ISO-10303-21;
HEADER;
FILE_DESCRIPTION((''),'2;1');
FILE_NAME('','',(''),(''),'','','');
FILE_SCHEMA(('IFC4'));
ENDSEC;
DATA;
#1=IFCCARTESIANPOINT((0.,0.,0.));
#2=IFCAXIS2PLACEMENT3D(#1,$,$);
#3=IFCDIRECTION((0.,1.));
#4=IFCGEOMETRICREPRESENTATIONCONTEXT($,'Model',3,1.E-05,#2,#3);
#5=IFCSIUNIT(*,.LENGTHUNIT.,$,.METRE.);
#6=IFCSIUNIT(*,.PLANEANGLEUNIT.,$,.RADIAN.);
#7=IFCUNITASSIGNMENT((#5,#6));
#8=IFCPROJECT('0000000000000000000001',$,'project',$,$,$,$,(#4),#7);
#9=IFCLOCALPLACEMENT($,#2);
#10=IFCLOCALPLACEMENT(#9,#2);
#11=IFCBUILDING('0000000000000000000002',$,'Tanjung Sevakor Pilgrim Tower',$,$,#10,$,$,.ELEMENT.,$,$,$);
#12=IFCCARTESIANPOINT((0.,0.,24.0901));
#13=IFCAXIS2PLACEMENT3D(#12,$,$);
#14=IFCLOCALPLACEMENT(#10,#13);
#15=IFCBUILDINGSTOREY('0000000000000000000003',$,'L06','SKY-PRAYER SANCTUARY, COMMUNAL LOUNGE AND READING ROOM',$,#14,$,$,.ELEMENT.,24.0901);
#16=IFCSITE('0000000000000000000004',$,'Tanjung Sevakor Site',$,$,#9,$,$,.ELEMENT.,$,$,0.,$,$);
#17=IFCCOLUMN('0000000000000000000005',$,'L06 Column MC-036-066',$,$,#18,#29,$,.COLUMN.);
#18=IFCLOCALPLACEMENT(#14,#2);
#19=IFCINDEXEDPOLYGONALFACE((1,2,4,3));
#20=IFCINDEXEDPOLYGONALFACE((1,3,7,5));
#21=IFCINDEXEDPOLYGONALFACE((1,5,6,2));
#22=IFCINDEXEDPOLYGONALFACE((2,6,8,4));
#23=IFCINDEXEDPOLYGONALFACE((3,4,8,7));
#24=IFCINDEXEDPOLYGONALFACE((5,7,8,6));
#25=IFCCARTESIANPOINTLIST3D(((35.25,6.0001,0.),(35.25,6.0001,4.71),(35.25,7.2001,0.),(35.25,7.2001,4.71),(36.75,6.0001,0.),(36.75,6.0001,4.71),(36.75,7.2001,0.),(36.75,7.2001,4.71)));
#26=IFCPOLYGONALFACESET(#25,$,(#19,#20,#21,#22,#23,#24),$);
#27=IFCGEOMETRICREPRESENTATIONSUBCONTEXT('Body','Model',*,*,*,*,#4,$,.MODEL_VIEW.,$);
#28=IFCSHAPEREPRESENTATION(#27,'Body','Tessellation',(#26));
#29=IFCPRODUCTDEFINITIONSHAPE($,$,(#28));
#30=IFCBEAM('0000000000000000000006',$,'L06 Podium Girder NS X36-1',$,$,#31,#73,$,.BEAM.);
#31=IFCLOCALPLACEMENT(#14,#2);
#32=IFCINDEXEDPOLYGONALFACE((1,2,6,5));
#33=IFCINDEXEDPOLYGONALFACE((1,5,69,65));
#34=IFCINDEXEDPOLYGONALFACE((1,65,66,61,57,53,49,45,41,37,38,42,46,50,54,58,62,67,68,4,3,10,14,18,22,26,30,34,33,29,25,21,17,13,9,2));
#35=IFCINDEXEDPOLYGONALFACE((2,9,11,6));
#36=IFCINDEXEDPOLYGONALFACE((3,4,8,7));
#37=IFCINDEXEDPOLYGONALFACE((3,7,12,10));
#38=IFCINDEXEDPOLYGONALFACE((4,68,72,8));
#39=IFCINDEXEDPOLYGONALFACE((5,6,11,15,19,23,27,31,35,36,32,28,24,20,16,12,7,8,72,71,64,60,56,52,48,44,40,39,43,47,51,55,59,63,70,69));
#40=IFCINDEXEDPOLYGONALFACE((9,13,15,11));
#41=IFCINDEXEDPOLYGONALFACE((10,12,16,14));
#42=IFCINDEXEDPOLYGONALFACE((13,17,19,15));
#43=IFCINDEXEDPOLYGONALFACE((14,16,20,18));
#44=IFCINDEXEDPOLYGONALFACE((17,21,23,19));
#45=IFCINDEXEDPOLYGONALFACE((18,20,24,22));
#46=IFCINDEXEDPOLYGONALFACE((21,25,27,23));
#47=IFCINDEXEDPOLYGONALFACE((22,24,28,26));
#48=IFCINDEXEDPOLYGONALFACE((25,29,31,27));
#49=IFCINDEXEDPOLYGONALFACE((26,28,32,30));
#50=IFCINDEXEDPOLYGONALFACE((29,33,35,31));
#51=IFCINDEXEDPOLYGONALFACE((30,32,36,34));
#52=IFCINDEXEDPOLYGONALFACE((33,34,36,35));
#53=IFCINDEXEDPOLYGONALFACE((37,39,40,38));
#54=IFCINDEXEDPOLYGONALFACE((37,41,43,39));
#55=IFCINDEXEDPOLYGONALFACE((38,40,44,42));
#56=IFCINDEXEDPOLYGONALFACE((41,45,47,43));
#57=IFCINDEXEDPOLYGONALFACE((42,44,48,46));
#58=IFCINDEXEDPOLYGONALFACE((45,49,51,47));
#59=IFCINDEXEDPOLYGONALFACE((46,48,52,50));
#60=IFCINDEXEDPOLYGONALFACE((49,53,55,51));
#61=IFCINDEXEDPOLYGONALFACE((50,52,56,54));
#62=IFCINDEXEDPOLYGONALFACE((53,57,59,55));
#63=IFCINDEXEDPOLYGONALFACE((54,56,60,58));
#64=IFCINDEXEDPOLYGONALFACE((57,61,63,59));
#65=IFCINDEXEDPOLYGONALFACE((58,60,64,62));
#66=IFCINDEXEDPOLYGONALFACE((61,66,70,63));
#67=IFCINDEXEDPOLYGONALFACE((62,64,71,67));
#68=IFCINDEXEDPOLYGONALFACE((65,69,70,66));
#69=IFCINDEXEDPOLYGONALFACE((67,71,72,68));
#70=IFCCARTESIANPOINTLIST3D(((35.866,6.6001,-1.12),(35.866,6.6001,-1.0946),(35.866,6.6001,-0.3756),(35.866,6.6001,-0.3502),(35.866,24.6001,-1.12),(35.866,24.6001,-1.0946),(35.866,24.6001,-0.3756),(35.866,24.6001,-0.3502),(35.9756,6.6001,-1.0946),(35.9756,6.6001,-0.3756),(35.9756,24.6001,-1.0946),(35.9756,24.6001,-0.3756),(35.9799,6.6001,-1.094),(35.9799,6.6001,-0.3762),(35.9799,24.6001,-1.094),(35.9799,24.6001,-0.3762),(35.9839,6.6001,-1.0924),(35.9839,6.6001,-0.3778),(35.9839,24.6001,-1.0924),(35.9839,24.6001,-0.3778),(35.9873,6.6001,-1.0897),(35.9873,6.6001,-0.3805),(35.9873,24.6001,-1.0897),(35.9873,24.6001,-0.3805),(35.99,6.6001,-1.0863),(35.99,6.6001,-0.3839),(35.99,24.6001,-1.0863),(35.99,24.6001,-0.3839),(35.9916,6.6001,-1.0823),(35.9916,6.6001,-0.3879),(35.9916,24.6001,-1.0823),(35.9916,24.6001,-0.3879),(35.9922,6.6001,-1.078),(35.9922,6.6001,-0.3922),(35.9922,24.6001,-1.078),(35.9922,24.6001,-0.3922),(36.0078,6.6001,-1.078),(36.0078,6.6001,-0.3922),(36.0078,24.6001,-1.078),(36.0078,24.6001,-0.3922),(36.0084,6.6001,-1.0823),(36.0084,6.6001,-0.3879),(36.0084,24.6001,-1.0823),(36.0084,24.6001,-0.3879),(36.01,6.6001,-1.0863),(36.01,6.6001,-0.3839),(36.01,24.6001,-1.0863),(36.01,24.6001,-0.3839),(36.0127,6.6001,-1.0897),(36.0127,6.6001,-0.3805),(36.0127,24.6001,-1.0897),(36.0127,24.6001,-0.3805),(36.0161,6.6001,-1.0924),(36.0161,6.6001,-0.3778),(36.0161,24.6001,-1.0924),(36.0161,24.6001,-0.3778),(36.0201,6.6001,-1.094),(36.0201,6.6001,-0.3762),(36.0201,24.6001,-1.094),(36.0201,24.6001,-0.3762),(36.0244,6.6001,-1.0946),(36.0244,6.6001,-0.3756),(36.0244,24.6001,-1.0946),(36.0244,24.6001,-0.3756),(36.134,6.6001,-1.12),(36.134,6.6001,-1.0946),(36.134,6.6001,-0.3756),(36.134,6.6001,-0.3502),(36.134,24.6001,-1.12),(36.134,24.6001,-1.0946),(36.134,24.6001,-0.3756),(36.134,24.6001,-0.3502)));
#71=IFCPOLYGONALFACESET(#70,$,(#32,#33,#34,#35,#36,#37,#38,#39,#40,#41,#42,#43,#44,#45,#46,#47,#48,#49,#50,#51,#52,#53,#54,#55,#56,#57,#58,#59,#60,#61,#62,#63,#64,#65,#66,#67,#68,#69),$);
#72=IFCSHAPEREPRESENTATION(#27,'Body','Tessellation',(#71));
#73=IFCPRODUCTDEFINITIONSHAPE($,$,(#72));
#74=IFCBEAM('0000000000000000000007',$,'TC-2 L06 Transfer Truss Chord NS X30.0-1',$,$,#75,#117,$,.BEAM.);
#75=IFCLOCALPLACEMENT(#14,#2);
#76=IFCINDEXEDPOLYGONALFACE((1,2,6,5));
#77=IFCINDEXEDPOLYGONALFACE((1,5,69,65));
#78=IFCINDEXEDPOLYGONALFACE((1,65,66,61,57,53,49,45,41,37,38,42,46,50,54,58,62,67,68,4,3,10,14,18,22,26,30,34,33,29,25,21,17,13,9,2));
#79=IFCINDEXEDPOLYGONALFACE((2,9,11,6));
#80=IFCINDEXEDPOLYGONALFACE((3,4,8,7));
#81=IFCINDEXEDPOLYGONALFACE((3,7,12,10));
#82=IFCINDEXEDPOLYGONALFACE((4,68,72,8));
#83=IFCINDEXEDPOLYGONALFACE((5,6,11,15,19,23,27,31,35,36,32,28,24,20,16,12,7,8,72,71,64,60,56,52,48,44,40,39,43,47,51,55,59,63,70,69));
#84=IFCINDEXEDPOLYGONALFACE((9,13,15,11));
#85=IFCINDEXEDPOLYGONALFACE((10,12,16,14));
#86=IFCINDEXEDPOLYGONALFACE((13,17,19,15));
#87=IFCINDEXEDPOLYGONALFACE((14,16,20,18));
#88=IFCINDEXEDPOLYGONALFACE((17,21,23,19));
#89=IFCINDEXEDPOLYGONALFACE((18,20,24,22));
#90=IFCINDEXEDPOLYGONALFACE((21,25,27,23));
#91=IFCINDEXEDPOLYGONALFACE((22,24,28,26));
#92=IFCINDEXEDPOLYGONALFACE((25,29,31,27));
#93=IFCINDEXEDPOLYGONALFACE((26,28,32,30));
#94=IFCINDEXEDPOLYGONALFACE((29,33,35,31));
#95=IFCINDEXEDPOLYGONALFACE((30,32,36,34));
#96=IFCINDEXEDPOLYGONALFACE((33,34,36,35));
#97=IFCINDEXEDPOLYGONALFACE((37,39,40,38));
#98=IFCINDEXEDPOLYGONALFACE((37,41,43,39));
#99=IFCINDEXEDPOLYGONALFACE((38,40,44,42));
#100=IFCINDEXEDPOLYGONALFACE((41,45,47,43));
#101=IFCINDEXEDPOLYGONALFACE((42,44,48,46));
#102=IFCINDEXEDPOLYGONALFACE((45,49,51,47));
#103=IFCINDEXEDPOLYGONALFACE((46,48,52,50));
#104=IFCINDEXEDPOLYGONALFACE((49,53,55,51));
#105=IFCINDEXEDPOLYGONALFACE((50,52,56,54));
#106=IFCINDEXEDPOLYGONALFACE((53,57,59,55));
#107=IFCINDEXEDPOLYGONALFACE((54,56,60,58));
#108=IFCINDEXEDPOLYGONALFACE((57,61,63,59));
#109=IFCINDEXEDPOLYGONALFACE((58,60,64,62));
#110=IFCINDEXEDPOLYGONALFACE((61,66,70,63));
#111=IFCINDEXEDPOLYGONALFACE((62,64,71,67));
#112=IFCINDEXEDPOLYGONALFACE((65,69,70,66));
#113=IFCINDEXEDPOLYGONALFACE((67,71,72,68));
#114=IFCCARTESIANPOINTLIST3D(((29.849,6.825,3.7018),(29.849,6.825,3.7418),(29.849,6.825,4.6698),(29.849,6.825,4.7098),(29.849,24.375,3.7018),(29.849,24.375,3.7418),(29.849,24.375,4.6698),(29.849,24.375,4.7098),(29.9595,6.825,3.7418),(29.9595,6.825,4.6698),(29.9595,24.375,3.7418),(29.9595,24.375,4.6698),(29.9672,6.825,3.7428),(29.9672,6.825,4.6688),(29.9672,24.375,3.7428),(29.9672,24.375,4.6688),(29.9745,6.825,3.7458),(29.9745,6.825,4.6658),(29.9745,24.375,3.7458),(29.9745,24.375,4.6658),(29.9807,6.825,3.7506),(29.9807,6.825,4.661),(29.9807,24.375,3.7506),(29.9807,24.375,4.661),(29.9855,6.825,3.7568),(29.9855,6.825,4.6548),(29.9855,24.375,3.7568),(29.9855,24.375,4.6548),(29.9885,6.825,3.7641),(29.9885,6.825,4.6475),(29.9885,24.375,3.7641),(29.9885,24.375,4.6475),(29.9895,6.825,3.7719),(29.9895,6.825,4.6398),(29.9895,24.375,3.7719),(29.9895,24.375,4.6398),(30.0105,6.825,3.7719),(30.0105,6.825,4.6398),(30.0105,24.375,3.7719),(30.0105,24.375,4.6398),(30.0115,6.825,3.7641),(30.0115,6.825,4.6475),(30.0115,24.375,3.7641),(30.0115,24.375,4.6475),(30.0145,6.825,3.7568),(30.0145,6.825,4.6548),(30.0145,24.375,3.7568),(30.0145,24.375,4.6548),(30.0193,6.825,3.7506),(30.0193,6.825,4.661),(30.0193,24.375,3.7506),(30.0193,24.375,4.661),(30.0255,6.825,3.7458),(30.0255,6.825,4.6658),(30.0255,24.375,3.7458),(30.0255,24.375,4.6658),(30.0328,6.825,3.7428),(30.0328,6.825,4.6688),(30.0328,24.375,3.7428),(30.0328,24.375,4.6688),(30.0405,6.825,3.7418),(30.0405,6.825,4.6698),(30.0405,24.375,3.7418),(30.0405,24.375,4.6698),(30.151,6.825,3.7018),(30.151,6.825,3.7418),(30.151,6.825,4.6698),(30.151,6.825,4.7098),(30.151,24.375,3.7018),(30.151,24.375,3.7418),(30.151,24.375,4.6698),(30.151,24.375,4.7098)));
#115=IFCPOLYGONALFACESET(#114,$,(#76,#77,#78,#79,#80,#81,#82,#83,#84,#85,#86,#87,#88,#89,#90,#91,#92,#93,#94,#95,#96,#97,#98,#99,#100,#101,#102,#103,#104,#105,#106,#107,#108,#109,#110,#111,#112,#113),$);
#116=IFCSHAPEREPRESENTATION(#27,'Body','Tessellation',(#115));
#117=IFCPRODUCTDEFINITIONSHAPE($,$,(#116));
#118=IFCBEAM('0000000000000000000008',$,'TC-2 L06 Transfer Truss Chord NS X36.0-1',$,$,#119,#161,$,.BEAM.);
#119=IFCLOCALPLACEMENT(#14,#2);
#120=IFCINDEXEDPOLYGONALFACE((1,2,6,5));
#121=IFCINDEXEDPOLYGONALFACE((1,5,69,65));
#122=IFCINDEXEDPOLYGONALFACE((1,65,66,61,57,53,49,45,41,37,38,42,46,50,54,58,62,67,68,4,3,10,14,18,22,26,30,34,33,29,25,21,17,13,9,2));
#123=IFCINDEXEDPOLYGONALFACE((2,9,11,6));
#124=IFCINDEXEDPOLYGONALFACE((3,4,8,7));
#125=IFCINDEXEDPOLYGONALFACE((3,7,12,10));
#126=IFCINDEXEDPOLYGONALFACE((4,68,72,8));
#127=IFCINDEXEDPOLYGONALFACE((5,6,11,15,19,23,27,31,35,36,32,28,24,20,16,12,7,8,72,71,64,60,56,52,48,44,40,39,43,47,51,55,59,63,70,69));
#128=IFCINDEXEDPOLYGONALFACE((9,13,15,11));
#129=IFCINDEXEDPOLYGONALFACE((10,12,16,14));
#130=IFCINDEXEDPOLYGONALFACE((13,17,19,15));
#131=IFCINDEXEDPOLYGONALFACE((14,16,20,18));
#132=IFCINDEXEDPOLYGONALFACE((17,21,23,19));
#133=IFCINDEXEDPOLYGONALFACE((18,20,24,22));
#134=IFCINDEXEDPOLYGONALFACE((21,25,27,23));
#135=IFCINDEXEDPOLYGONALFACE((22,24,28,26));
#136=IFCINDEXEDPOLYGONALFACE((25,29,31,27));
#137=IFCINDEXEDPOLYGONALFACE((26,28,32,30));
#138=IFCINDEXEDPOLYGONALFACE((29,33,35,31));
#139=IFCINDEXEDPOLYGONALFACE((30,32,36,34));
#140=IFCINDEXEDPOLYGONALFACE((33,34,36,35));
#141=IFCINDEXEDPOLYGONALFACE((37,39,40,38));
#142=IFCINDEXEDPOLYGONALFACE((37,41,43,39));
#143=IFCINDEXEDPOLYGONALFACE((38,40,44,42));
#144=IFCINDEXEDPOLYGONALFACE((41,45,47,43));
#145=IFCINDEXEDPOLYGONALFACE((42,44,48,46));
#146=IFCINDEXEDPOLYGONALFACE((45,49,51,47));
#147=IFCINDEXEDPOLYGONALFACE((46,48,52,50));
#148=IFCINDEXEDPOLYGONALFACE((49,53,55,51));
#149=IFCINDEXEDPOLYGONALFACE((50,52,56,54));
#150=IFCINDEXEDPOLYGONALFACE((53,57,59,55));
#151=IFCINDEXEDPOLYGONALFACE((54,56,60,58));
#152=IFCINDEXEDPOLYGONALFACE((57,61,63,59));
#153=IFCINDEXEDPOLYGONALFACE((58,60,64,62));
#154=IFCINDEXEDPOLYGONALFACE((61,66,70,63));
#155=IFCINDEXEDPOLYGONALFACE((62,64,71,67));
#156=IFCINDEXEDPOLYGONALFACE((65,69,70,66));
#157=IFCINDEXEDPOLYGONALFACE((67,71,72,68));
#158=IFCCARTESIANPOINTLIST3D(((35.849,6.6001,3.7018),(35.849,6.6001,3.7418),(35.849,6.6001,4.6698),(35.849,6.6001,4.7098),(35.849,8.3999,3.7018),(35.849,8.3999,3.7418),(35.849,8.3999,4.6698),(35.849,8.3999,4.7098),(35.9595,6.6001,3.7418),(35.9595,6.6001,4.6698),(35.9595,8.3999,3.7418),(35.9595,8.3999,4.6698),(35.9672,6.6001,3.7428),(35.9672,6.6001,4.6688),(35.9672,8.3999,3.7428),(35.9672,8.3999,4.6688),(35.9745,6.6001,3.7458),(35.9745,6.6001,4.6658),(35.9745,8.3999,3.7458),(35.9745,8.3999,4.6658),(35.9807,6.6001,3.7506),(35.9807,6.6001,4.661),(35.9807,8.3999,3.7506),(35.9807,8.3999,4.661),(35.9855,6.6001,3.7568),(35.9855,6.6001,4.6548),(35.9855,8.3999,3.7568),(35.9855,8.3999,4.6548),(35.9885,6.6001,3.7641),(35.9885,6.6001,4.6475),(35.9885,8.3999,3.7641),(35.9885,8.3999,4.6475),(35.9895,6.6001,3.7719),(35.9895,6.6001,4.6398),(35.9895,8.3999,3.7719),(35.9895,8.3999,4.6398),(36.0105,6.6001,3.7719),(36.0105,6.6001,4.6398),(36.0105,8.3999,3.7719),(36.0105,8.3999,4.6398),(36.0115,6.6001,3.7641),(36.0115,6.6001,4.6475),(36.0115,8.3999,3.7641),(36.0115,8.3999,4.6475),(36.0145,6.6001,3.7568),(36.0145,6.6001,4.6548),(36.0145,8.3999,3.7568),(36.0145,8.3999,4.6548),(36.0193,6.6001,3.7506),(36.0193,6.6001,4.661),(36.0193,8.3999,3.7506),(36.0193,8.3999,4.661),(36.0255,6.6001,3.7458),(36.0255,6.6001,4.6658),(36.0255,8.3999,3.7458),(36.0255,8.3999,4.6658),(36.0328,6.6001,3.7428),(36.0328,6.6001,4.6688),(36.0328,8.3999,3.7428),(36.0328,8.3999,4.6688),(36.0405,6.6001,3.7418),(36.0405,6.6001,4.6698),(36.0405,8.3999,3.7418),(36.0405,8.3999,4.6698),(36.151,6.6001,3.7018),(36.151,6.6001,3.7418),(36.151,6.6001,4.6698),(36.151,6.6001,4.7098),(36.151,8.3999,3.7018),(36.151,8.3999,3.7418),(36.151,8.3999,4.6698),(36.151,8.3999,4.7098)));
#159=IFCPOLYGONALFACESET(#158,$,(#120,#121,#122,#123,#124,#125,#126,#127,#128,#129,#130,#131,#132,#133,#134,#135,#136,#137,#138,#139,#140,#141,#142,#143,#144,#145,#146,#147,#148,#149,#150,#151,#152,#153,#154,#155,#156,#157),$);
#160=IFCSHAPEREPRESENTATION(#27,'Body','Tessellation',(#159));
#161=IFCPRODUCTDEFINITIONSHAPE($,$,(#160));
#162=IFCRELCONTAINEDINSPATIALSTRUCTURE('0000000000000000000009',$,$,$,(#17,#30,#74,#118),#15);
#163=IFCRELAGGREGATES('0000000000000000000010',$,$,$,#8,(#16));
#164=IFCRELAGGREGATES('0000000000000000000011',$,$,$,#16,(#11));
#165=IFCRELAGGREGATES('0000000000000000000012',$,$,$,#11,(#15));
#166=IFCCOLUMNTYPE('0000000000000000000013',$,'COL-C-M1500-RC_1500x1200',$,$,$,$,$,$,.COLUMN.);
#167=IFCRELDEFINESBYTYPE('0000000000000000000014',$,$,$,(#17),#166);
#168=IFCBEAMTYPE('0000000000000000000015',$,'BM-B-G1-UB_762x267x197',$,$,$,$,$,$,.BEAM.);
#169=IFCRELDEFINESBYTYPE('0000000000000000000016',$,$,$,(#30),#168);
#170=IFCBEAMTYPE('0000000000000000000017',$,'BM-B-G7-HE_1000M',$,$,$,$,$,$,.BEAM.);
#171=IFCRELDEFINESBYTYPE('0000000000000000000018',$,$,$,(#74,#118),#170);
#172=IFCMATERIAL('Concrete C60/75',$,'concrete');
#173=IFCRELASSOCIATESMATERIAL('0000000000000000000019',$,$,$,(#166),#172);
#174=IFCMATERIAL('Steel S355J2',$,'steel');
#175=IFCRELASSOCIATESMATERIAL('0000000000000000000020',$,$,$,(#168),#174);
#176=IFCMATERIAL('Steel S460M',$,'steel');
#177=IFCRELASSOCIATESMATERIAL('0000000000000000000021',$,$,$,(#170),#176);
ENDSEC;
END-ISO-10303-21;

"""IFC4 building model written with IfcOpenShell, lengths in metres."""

from ifc_helpers import new_model, si_unit, direction, frame, origin, origin_2d, place, context, subcontext, project, spatial, rectangle, i_section, extrude, material, material_profile, profile_set, type_object, element, save


model = new_model("IFC4")

# Units and contexts
model_context = context("Model", 3, precision=1e-05, world=origin(), true_north=direction((0.0, 1.0)))
body_context = subcontext(model_context, "Body", "Model", "MODEL_VIEW")
ifc_project = project(units=[si_unit("LENGTHUNIT", "METRE"), si_unit("PLANEANGLEUNIT", "RADIAN")], contexts=[model_context])

# Site, building, storey
site_placement = place(None, origin())
site = spatial("IfcSite", under=ifc_project, at=site_placement, Name="Tanjung Sevakor Site", CompositionType="ELEMENT", RefElevation=0.0)
building_placement = place(site_placement, origin())
building = spatial("IfcBuilding", under=site, at=building_placement, Name="Tanjung Sevakor Pilgrim Tower", CompositionType="ELEMENT")
storey_placement = place(building_placement, frame((0.0, 0.0, 24.0901)))
storey = spatial("IfcBuildingStorey", under=building, at=storey_placement, Name="L06", Description="SKY-PRAYER SANCTUARY, COMMUNAL LOUNGE AND READING ROOM", CompositionType="ELEMENT", Elevation=24.0901)

# Column
ifc_material_1 = material(Name="Concrete C60/75", Category="concrete")
ifc_material_profile_1 = material_profile(ifc_material_1, rectangle(XDim=1.5, YDim=1.2, at=origin_2d()))
ifc_profile_set_1 = profile_set([ifc_material_profile_1], Name="Concrete C60/75")
column_type = type_object("IfcColumnType", Name="COL-C-M1500-RC_1500x1200", PredefinedType="COLUMN", material=ifc_profile_set_1)
column_placement = place(storey_placement, frame((36.0, 6.6001, 0.0), z_axis=(0.0, 0.0, 1.0), x_axis=(1.0, 0.0, 0.0)))
element("IfcColumn", 1, at=column_placement, inside=storey, type_object=column_type, Name="L06 Column MC-036-066", PredefinedType="COLUMN", context=body_context, shape_type="SweptSolid", body=[
    extrude(rectangle(XDim=1.5, YDim=1.2, at=origin_2d()), origin(), (0.0, 0.0, 1.0), 4.71),
])

# Beams
ifc_material_2 = material(Name="Steel S355J2", Category="steel")
ifc_material_profile_2 = material_profile(ifc_material_2, i_section(OverallWidth=0.2681, OverallDepth=0.7698, WebThickness=0.0156, FlangeThickness=0.0254, FilletRadius=0.0166, at=origin_2d()))
ifc_profile_set_2 = profile_set([ifc_material_profile_2], Name="Steel S355J2")
beam_type_1 = type_object("IfcBeamType", Name="BM-B-G1-UB_762x267x197", PredefinedType="BEAM", material=ifc_profile_set_2)
beam_1_placement = place(storey_placement, frame((36.0, 6.6001, -0.7351), z_axis=(0.0, 1.0, 0.0), x_axis=(-1.0, 0.0, 0.0)))
element("IfcBeam", 2, at=beam_1_placement, inside=storey, type_object=beam_type_1, Name="L06 Podium Girder NS X36-1", PredefinedType="BEAM", context=body_context, shape_type="SweptSolid", body=[
    extrude(i_section(OverallWidth=0.2681, OverallDepth=0.7698, WebThickness=0.0156, FlangeThickness=0.0254, FilletRadius=0.0166, at=origin_2d()), origin(), (0.0, 0.0, 1.0), 18.0),
])
ifc_material_3 = material(Name="Steel S460M", Category="steel")
ifc_material_profile_3 = material_profile(ifc_material_3, i_section(OverallWidth=0.302, OverallDepth=1.0081, WebThickness=0.021, FlangeThickness=0.04, FilletRadius=0.03, at=origin_2d()))
ifc_profile_set_3 = profile_set([ifc_material_profile_3], Name="Steel S460M")
beam_type_2 = type_object("IfcBeamType", Name="BM-B-G7-HE_1000M", PredefinedType="BEAM", material=ifc_profile_set_3)
beam_2_placement = place(storey_placement, frame((30.0, 6.825, 4.2058), z_axis=(0.0, 1.0, 0.0), x_axis=(-1.0, 0.0, 0.0)))
element("IfcBeam", 3, at=beam_2_placement, inside=storey, type_object=beam_type_2, Name="TC-2 L06 Transfer Truss Chord NS X30.0-1", PredefinedType="BEAM", context=body_context, shape_type="SweptSolid", body=[
    extrude(i_section(OverallWidth=0.302, OverallDepth=1.0081, WebThickness=0.021, FlangeThickness=0.04, FilletRadius=0.03, at=origin_2d()), origin(), (0.0, 0.0, 1.0), 17.55),
])
beam_3_placement = place(storey_placement, frame((36.0, 6.6001, 4.2058), z_axis=(0.0, 1.0, 0.0), x_axis=(-1.0, 0.0, 0.0)))
element("IfcBeam", 4, at=beam_3_placement, inside=storey, type_object=beam_type_2, Name="TC-2 L06 Transfer Truss Chord NS X36.0-1", PredefinedType="BEAM", context=body_context, shape_type="SweptSolid", body=[
    extrude(i_section(OverallWidth=0.302, OverallDepth=1.0081, WebThickness=0.021, FlangeThickness=0.04, FilletRadius=0.03, at=origin_2d()), origin(), (0.0, 0.0, 1.0), 1.7998),
])

save(model, "model.ifc")
